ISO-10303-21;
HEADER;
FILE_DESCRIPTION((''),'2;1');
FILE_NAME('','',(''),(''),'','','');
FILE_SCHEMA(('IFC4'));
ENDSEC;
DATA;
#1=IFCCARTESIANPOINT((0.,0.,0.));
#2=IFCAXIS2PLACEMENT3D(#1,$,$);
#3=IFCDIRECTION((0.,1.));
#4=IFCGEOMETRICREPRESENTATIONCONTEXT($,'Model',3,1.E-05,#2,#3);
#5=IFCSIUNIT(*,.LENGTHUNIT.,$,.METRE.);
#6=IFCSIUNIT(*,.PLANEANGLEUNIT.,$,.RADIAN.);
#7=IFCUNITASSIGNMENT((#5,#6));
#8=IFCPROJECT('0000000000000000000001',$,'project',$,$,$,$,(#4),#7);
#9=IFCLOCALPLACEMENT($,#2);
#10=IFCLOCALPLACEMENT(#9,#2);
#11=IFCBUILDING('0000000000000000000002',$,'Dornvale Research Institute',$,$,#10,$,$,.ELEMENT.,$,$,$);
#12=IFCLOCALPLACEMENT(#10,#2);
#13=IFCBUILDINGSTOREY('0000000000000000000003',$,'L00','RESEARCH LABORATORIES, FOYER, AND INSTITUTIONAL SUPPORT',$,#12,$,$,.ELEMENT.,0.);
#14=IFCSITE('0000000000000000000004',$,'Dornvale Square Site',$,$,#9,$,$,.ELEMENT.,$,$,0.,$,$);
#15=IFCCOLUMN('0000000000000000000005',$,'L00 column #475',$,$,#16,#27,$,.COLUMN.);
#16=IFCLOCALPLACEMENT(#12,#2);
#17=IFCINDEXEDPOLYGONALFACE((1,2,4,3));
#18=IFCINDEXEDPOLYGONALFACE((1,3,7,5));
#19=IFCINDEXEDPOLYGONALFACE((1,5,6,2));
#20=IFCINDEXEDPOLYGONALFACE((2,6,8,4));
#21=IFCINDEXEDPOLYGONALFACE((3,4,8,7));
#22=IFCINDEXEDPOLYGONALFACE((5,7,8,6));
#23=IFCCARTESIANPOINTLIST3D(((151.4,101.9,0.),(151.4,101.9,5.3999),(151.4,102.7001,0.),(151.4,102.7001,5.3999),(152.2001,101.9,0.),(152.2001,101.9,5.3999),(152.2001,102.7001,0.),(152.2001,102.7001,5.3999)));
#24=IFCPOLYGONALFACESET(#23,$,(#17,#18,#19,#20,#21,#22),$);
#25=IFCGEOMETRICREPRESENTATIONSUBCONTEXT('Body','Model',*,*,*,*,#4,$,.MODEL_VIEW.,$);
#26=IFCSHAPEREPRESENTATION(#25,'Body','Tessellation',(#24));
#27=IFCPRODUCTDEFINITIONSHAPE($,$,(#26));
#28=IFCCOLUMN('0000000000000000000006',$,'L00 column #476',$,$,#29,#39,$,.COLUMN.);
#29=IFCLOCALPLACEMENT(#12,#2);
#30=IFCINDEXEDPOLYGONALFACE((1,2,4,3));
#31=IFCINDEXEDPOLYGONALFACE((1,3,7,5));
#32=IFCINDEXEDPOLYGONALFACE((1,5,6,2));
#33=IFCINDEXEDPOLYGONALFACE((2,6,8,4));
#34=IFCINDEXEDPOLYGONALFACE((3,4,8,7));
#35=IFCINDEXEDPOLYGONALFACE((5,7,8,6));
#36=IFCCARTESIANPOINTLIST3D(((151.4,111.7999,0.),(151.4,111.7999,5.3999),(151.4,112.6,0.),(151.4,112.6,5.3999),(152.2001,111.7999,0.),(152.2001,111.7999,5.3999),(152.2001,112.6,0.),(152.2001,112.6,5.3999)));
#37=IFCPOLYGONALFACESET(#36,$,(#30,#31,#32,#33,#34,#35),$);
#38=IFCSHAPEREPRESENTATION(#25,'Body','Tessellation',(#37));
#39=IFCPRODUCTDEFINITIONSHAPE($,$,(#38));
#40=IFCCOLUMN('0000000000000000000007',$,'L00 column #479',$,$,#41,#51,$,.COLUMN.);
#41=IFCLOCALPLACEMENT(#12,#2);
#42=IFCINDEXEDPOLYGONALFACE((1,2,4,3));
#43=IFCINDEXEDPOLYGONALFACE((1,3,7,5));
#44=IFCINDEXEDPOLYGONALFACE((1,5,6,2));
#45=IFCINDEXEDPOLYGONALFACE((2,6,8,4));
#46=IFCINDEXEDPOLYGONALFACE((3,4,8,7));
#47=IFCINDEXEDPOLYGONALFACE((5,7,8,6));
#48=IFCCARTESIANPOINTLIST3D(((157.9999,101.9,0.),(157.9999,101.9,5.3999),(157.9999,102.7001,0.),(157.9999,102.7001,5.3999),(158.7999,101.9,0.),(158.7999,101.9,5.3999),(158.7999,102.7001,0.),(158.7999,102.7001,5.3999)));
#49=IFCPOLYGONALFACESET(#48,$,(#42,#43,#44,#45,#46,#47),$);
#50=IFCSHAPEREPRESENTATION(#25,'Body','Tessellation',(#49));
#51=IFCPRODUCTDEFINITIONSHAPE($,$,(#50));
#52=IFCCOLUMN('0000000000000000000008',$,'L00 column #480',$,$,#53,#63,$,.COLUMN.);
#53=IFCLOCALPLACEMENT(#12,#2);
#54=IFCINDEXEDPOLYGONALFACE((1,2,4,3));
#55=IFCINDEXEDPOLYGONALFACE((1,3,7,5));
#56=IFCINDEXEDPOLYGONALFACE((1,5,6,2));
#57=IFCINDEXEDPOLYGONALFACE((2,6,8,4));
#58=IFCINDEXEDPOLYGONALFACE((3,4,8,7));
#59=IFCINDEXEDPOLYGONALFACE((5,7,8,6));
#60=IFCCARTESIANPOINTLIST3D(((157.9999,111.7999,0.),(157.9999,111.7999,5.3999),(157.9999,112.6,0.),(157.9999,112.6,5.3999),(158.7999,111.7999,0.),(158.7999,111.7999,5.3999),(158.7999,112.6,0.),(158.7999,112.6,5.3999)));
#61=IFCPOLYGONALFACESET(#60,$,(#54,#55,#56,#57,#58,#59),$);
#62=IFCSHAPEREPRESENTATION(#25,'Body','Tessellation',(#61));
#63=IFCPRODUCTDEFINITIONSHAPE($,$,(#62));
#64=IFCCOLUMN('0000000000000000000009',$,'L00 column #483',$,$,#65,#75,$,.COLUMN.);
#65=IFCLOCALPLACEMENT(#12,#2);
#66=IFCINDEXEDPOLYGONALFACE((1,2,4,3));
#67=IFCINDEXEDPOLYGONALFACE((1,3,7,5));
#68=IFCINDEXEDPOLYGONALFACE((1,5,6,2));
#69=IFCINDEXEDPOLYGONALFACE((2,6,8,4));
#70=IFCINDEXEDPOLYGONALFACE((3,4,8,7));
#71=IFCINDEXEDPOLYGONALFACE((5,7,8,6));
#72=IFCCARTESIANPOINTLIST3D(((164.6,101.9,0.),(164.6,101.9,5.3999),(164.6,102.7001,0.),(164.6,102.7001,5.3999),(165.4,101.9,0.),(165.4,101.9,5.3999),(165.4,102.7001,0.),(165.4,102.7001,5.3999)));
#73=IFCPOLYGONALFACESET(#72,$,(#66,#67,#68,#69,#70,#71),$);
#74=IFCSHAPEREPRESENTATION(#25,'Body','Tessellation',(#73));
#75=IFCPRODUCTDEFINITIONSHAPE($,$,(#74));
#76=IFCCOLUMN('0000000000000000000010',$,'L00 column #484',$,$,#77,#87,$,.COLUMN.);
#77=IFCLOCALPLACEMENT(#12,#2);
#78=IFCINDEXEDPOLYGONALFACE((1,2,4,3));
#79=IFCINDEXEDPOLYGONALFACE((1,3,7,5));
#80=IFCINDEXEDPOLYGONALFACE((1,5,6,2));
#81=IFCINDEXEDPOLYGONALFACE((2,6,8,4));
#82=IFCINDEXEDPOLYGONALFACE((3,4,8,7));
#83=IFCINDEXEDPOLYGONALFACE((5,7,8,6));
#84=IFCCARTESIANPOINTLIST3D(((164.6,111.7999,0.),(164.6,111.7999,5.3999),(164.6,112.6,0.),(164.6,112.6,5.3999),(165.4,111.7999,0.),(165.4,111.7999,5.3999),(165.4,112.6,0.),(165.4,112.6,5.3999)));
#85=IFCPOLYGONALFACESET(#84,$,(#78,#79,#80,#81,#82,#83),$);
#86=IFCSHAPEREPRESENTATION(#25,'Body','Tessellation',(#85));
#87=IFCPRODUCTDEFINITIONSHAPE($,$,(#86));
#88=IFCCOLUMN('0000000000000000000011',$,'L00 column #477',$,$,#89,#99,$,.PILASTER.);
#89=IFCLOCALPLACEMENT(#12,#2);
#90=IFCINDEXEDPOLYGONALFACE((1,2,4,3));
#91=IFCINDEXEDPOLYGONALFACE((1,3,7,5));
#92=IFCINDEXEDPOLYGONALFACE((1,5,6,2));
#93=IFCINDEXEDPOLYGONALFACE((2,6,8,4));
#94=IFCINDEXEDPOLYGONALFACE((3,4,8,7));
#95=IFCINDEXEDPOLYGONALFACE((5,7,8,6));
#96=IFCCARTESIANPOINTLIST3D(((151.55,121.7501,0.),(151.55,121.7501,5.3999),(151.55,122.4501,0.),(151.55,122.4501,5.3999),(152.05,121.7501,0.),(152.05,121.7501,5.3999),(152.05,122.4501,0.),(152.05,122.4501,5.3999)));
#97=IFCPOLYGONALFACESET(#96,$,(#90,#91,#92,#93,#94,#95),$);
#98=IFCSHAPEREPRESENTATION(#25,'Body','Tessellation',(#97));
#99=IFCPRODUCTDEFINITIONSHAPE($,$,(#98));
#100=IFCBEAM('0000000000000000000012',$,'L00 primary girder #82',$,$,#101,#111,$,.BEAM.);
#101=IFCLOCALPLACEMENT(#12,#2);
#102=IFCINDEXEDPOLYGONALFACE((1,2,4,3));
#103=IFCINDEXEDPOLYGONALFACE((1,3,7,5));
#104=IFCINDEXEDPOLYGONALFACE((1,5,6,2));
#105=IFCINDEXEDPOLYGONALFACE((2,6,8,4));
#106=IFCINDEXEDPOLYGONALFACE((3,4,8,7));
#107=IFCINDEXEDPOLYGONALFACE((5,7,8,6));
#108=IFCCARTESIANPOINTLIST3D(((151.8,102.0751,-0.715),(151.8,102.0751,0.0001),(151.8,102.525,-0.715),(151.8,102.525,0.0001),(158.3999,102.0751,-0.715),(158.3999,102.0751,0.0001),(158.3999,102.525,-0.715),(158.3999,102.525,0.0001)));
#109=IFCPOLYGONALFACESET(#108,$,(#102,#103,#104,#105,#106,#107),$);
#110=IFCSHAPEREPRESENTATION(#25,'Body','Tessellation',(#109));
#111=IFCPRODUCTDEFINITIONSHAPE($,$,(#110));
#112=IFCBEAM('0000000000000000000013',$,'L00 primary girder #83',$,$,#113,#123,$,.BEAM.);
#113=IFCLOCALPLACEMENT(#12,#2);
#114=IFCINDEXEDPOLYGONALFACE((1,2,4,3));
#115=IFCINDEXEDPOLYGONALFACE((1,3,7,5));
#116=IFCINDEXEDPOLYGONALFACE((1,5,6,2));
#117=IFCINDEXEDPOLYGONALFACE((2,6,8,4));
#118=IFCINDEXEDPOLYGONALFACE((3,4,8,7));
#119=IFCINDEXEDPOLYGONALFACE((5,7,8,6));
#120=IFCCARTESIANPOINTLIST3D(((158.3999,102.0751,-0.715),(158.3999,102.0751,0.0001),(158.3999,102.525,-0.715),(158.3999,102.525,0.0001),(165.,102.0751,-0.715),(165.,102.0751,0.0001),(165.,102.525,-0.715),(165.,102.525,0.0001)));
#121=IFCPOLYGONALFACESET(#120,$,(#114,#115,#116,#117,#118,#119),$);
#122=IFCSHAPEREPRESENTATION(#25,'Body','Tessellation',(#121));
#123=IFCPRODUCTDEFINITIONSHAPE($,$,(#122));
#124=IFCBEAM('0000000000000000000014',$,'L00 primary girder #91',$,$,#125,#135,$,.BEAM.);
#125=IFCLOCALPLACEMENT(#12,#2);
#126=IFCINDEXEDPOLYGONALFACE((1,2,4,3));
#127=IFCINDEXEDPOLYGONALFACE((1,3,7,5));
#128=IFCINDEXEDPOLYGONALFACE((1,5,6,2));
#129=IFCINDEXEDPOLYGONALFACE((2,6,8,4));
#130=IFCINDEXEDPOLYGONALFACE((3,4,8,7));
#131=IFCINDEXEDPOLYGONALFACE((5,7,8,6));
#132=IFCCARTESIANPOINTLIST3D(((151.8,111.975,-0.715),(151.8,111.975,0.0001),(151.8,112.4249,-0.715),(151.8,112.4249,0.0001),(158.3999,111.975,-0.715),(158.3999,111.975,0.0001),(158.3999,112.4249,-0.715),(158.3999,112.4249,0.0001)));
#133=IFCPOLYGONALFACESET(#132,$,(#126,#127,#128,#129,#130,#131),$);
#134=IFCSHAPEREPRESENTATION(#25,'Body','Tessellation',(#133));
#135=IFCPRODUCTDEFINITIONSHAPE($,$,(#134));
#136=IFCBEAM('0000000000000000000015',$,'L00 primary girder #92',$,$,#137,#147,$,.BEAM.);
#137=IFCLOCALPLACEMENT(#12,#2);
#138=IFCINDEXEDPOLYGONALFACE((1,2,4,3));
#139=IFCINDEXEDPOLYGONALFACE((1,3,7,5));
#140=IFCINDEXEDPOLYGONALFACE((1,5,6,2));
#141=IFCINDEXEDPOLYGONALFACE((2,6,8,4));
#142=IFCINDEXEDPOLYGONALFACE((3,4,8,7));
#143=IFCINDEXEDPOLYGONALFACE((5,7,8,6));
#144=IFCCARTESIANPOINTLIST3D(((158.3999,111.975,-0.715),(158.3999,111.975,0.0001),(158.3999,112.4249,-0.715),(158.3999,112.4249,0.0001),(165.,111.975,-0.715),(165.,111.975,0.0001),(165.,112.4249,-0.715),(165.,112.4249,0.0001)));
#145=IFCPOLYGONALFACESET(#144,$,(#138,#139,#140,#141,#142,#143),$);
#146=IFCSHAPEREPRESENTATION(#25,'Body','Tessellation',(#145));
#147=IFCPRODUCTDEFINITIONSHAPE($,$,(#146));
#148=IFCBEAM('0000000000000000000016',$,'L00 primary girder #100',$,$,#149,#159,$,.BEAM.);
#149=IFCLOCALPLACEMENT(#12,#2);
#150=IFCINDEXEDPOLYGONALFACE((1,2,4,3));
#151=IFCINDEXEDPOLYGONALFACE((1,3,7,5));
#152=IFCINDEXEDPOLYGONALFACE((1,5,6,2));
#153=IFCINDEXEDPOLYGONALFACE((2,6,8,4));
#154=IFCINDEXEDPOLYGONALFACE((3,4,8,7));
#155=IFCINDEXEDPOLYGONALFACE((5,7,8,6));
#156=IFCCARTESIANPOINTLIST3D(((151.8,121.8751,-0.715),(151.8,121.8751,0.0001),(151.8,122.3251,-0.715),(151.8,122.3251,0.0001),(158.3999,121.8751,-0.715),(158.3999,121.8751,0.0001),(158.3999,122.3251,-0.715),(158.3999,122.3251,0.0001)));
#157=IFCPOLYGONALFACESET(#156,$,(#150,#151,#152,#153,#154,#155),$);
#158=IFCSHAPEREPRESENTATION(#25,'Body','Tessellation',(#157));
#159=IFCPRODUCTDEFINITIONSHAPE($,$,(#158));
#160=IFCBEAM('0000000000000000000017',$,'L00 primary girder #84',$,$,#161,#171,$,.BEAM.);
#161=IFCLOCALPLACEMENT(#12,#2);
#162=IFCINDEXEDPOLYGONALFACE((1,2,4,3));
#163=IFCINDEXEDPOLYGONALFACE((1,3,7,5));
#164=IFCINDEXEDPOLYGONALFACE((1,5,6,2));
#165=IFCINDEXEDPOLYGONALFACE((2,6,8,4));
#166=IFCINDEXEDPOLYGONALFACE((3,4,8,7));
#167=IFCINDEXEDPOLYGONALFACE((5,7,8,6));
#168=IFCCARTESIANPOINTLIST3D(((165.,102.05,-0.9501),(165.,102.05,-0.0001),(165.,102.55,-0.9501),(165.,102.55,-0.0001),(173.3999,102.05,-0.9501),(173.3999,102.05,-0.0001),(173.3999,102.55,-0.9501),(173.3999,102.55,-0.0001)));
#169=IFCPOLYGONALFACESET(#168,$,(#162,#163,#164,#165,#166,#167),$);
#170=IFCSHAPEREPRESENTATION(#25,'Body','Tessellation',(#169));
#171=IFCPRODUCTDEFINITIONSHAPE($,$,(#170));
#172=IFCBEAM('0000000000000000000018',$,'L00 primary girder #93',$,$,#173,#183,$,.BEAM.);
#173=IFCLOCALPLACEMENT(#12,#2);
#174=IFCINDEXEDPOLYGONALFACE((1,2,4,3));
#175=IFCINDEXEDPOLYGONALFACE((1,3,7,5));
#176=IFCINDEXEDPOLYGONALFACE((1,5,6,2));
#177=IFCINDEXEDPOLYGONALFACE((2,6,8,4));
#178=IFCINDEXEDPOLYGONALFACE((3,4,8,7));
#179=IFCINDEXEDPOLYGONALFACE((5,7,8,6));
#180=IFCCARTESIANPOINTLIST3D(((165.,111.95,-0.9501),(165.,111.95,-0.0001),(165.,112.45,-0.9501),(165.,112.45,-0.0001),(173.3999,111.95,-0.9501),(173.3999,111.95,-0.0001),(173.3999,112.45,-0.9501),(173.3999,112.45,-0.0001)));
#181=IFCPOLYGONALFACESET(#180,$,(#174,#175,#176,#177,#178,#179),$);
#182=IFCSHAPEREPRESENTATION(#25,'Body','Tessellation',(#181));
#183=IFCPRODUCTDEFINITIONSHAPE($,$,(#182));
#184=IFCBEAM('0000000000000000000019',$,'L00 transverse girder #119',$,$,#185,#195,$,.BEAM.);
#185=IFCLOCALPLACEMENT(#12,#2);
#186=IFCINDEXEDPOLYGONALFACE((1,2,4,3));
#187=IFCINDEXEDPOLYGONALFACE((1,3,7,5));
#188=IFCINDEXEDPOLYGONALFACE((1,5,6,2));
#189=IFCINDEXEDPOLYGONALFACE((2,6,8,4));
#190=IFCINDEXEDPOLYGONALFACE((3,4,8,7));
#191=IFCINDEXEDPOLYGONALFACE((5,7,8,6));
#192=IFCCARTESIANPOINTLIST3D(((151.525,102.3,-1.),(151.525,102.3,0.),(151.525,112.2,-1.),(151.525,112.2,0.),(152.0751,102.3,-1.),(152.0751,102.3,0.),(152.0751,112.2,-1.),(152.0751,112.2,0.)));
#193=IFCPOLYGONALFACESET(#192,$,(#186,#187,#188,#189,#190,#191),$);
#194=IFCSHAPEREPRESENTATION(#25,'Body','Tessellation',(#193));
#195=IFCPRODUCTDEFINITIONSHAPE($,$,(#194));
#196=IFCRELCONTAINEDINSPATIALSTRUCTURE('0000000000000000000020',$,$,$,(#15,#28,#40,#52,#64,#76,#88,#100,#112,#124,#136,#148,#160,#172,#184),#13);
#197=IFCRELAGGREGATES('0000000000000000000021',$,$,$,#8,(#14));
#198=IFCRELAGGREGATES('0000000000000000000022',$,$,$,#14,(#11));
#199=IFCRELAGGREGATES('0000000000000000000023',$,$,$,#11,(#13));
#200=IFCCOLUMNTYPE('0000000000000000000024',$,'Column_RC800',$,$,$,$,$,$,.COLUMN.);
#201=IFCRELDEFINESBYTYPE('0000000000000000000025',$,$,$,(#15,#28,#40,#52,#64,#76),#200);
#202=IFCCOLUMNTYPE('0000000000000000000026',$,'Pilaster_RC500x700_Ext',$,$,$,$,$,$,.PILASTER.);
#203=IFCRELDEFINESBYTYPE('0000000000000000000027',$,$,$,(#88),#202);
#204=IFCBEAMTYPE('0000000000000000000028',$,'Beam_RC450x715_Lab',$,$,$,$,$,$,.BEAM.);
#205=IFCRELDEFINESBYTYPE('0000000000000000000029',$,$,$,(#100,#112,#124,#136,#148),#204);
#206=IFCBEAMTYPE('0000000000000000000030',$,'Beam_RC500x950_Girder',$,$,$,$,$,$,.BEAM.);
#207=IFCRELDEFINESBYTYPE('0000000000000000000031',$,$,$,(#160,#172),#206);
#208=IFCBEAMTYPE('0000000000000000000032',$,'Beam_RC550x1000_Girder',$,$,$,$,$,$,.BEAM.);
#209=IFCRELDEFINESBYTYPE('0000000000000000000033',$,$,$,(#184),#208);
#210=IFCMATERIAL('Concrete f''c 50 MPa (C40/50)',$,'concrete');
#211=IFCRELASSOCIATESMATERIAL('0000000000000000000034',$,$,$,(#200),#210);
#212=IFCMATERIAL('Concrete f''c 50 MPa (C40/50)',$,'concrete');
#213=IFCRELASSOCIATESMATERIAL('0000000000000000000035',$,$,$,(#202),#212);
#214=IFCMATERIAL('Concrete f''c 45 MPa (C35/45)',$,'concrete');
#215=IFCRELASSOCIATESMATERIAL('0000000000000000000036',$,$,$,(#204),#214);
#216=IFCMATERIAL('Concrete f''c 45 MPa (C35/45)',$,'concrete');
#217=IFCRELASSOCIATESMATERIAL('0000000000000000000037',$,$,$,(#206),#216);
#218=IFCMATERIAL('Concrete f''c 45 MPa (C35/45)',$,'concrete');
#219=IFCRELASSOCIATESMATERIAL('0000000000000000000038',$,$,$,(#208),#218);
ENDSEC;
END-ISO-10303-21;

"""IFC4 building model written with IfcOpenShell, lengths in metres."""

from ifc_helpers import new_model, si_unit, direction, frame, origin, origin_2d, place, context, subcontext, project, spatial, rectangle, extrude, material, material_profile, profile_set, type_object, element, save


model = new_model("IFC4")

# Units and contexts
model_context = context("Model", 3, precision=1e-05, world=origin(), true_north=direction((0.0, 1.0)))
body_context = subcontext(model_context, "Body", "Model", "MODEL_VIEW")
ifc_project = project(units=[si_unit("LENGTHUNIT", "METRE"), si_unit("PLANEANGLEUNIT", "RADIAN")], contexts=[model_context])

# Site, building, storey
site_placement = place(None, origin())
site = spatial("IfcSite", under=ifc_project, at=site_placement, Name="Dornvale Square Site", CompositionType="ELEMENT", RefElevation=0.0)
building_placement = place(site_placement, origin())
building = spatial("IfcBuilding", under=site, at=building_placement, Name="Dornvale Research Institute", CompositionType="ELEMENT")
storey_placement = place(building_placement, origin())
storey = spatial("IfcBuildingStorey", under=building, at=storey_placement, Name="L00", Description="RESEARCH LABORATORIES, FOYER, AND INSTITUTIONAL SUPPORT", CompositionType="ELEMENT", Elevation=0.0)

# Columns
ifc_material_1 = material(Name="Concrete f'c 50 MPa (C40/50)", Category="concrete")
ifc_material_profile_1 = material_profile(ifc_material_1, rectangle(XDim=0.8, YDim=0.8, at=origin_2d()), Name="RC 800x800")
ifc_profile_set_1 = profile_set([ifc_material_profile_1], Name="Concrete f'c 50 MPa (C40/50)")
column_type_1 = type_object("IfcColumnType", Name="Column_RC800", PredefinedType="COLUMN", material=ifc_profile_set_1)
for number, where, z_axis, x_axis, name in (
    (1, (151.8, 102.3, 0.0), (0.0, 0.0, 1.0), (1.0, 0.0, 0.0), "L00 column #475"),
    (2, (151.8, 112.2, 0.0), (0.0, 0.0, 1.0), (1.0, 0.0, 0.0), "L00 column #476"),
    (3, (158.3999, 102.3, 0.0), (0.0, 0.0, 1.0), (1.0, 0.0, 0.0), "L00 column #479"),
    (4, (158.3999, 112.2, 0.0), (0.0, 0.0, 1.0), (1.0, 0.0, 0.0), "L00 column #480"),
    (5, (165.0, 102.3, 0.0), (0.0, 0.0, 1.0), (1.0, 0.0, 0.0), "L00 column #483"),
    (6, (165.0, 112.2, 0.0), (0.0, 0.0, 1.0), (1.0, 0.0, 0.0), "L00 column #484"),
):
    element("IfcColumn", number, at=place(storey_placement, frame(where, z_axis=z_axis, x_axis=x_axis)), inside=storey, type_object=column_type_1, Name=name, PredefinedType="COLUMN", context=body_context, shape_type="SweptSolid", body=[
        extrude(rectangle(XDim=0.8, YDim=0.8, at=origin_2d()), origin(), (0.0, 0.0, 1.0), 5.3999),
    ])
ifc_material_2 = material(Name="Concrete f'c 50 MPa (C40/50)", Category="concrete")
ifc_material_profile_2 = material_profile(ifc_material_2, rectangle(XDim=0.5, YDim=0.7, at=origin_2d()), Name="RC 500x700")
ifc_profile_set_2 = profile_set([ifc_material_profile_2], Name="Concrete f'c 50 MPa (C40/50)")
column_type_2 = type_object("IfcColumnType", Name="Pilaster_RC500x700_Ext", PredefinedType="PILASTER", material=ifc_profile_set_2)
column_placement = place(storey_placement, frame((151.8, 122.1001, 0.0), z_axis=(0.0, 0.0, 1.0), x_axis=(1.0, 0.0, 0.0)))
element("IfcColumn", 7, at=column_placement, inside=storey, type_object=column_type_2, Name="L00 column #477", PredefinedType="PILASTER", context=body_context, shape_type="SweptSolid", body=[
    extrude(rectangle(XDim=0.5, YDim=0.7, at=origin_2d()), origin(), (0.0, 0.0, 1.0), 5.3999),
])

# Beams
ifc_material_3 = material(Name="Concrete f'c 45 MPa (C35/45)", Category="concrete")
ifc_material_profile_3 = material_profile(ifc_material_3, rectangle(XDim=0.45, YDim=0.7151, at=origin_2d()), Name="RC 450x715")
ifc_profile_set_3 = profile_set([ifc_material_profile_3], Name="Concrete f'c 45 MPa (C35/45)")
beam_type_1 = type_object("IfcBeamType", Name="Beam_RC450x715_Lab", PredefinedType="BEAM", material=ifc_profile_set_3)
beam_1_placement = place(storey_placement, frame((151.8, 102.3, -0.3574), z_axis=(1.0, 0.0, 0.0), x_axis=(0.0, 1.0, 0.0)))
element("IfcBeam", 8, at=beam_1_placement, inside=storey, type_object=beam_type_1, Name="L00 primary girder #82", PredefinedType="BEAM", context=body_context, shape_type="SweptSolid", body=[
    extrude(rectangle(XDim=0.45, YDim=0.7151, at=origin_2d()), origin(), (0.0, 0.0, 1.0), 6.5999),
])
beam_2_placement = place(storey_placement, frame((158.3999, 102.3, -0.3574), z_axis=(1.0, 0.0, 0.0), x_axis=(0.0, 1.0, 0.0)))
element("IfcBeam", 9, at=beam_2_placement, inside=storey, type_object=beam_type_1, Name="L00 primary girder #83", PredefinedType="BEAM", context=body_context, shape_type="SweptSolid", body=[
    extrude(rectangle(XDim=0.45, YDim=0.7151, at=origin_2d()), origin(), (0.0, 0.0, 1.0), 6.6001),
])
beam_3_placement = place(storey_placement, frame((151.8, 112.2, -0.3574), z_axis=(1.0, 0.0, 0.0), x_axis=(0.0, 1.0, 0.0)))
element("IfcBeam", 10, at=beam_3_placement, inside=storey, type_object=beam_type_1, Name="L00 primary girder #91", PredefinedType="BEAM", context=body_context, shape_type="SweptSolid", body=[
    extrude(rectangle(XDim=0.45, YDim=0.7151, at=origin_2d()), origin(), (0.0, 0.0, 1.0), 6.5999),
])
beam_4_placement = place(storey_placement, frame((158.3999, 112.2, -0.3574), z_axis=(1.0, 0.0, 0.0), x_axis=(0.0, 1.0, 0.0)))
element("IfcBeam", 11, at=beam_4_placement, inside=storey, type_object=beam_type_1, Name="L00 primary girder #92", PredefinedType="BEAM", context=body_context, shape_type="SweptSolid", body=[
    extrude(rectangle(XDim=0.45, YDim=0.7151, at=origin_2d()), origin(), (0.0, 0.0, 1.0), 6.6001),
])
beam_5_placement = place(storey_placement, frame((151.8, 122.1001, -0.3574), z_axis=(1.0, 0.0, 0.0), x_axis=(0.0, 1.0, 0.0)))
element("IfcBeam", 12, at=beam_5_placement, inside=storey, type_object=beam_type_1, Name="L00 primary girder #100", PredefinedType="BEAM", context=body_context, shape_type="SweptSolid", body=[
    extrude(rectangle(XDim=0.45, YDim=0.7151, at=origin_2d()), origin(), (0.0, 0.0, 1.0), 6.5999),
])
ifc_material_4 = material(Name="Concrete f'c 45 MPa (C35/45)", Category="concrete")
ifc_material_profile_4 = material_profile(ifc_material_4, rectangle(XDim=0.5, YDim=0.95, at=origin_2d()), Name="RC 500x950")
ifc_profile_set_4 = profile_set([ifc_material_profile_4], Name="Concrete f'c 45 MPa (C35/45)")
beam_type_2 = type_object("IfcBeamType", Name="Beam_RC500x950_Girder", PredefinedType="BEAM", material=ifc_profile_set_4)
for number, where, z_axis, x_axis, name in (
    (13, (165.0, 102.3, -0.4751), (1.0, 0.0, 0.0), (0.0, 1.0, 0.0), "L00 primary girder #84"),
    (14, (165.0, 112.2, -0.4751), (1.0, 0.0, 0.0), (0.0, 1.0, 0.0), "L00 primary girder #93"),
):
    element("IfcBeam", number, at=place(storey_placement, frame(where, z_axis=z_axis, x_axis=x_axis)), inside=storey, type_object=beam_type_2, Name=name, PredefinedType="BEAM", context=body_context, shape_type="SweptSolid", body=[
        extrude(rectangle(XDim=0.5, YDim=0.95, at=origin_2d()), origin(), (0.0, 0.0, 1.0), 8.3999),
    ])
ifc_material_5 = material(Name="Concrete f'c 45 MPa (C35/45)", Category="concrete")
ifc_material_profile_5 = material_profile(ifc_material_5, rectangle(XDim=0.55, YDim=1.0, at=origin_2d()), Name="RC 550x1000")
ifc_profile_set_5 = profile_set([ifc_material_profile_5], Name="Concrete f'c 45 MPa (C35/45)")
beam_type_3 = type_object("IfcBeamType", Name="Beam_RC550x1000_Girder", PredefinedType="BEAM", material=ifc_profile_set_5)
beam_6_placement = place(storey_placement, frame((151.8, 102.3, -0.5), z_axis=(0.0, 1.0, 0.0), x_axis=(-1.0, 0.0, 0.0)))
element("IfcBeam", 15, at=beam_6_placement, inside=storey, type_object=beam_type_3, Name="L00 transverse girder #119", PredefinedType="BEAM", context=body_context, shape_type="SweptSolid", body=[
    extrude(rectangle(XDim=0.55, YDim=1.0, at=origin_2d()), origin(), (0.0, 0.0, 1.0), 9.8999),
])

save(model, "model.ifc")
